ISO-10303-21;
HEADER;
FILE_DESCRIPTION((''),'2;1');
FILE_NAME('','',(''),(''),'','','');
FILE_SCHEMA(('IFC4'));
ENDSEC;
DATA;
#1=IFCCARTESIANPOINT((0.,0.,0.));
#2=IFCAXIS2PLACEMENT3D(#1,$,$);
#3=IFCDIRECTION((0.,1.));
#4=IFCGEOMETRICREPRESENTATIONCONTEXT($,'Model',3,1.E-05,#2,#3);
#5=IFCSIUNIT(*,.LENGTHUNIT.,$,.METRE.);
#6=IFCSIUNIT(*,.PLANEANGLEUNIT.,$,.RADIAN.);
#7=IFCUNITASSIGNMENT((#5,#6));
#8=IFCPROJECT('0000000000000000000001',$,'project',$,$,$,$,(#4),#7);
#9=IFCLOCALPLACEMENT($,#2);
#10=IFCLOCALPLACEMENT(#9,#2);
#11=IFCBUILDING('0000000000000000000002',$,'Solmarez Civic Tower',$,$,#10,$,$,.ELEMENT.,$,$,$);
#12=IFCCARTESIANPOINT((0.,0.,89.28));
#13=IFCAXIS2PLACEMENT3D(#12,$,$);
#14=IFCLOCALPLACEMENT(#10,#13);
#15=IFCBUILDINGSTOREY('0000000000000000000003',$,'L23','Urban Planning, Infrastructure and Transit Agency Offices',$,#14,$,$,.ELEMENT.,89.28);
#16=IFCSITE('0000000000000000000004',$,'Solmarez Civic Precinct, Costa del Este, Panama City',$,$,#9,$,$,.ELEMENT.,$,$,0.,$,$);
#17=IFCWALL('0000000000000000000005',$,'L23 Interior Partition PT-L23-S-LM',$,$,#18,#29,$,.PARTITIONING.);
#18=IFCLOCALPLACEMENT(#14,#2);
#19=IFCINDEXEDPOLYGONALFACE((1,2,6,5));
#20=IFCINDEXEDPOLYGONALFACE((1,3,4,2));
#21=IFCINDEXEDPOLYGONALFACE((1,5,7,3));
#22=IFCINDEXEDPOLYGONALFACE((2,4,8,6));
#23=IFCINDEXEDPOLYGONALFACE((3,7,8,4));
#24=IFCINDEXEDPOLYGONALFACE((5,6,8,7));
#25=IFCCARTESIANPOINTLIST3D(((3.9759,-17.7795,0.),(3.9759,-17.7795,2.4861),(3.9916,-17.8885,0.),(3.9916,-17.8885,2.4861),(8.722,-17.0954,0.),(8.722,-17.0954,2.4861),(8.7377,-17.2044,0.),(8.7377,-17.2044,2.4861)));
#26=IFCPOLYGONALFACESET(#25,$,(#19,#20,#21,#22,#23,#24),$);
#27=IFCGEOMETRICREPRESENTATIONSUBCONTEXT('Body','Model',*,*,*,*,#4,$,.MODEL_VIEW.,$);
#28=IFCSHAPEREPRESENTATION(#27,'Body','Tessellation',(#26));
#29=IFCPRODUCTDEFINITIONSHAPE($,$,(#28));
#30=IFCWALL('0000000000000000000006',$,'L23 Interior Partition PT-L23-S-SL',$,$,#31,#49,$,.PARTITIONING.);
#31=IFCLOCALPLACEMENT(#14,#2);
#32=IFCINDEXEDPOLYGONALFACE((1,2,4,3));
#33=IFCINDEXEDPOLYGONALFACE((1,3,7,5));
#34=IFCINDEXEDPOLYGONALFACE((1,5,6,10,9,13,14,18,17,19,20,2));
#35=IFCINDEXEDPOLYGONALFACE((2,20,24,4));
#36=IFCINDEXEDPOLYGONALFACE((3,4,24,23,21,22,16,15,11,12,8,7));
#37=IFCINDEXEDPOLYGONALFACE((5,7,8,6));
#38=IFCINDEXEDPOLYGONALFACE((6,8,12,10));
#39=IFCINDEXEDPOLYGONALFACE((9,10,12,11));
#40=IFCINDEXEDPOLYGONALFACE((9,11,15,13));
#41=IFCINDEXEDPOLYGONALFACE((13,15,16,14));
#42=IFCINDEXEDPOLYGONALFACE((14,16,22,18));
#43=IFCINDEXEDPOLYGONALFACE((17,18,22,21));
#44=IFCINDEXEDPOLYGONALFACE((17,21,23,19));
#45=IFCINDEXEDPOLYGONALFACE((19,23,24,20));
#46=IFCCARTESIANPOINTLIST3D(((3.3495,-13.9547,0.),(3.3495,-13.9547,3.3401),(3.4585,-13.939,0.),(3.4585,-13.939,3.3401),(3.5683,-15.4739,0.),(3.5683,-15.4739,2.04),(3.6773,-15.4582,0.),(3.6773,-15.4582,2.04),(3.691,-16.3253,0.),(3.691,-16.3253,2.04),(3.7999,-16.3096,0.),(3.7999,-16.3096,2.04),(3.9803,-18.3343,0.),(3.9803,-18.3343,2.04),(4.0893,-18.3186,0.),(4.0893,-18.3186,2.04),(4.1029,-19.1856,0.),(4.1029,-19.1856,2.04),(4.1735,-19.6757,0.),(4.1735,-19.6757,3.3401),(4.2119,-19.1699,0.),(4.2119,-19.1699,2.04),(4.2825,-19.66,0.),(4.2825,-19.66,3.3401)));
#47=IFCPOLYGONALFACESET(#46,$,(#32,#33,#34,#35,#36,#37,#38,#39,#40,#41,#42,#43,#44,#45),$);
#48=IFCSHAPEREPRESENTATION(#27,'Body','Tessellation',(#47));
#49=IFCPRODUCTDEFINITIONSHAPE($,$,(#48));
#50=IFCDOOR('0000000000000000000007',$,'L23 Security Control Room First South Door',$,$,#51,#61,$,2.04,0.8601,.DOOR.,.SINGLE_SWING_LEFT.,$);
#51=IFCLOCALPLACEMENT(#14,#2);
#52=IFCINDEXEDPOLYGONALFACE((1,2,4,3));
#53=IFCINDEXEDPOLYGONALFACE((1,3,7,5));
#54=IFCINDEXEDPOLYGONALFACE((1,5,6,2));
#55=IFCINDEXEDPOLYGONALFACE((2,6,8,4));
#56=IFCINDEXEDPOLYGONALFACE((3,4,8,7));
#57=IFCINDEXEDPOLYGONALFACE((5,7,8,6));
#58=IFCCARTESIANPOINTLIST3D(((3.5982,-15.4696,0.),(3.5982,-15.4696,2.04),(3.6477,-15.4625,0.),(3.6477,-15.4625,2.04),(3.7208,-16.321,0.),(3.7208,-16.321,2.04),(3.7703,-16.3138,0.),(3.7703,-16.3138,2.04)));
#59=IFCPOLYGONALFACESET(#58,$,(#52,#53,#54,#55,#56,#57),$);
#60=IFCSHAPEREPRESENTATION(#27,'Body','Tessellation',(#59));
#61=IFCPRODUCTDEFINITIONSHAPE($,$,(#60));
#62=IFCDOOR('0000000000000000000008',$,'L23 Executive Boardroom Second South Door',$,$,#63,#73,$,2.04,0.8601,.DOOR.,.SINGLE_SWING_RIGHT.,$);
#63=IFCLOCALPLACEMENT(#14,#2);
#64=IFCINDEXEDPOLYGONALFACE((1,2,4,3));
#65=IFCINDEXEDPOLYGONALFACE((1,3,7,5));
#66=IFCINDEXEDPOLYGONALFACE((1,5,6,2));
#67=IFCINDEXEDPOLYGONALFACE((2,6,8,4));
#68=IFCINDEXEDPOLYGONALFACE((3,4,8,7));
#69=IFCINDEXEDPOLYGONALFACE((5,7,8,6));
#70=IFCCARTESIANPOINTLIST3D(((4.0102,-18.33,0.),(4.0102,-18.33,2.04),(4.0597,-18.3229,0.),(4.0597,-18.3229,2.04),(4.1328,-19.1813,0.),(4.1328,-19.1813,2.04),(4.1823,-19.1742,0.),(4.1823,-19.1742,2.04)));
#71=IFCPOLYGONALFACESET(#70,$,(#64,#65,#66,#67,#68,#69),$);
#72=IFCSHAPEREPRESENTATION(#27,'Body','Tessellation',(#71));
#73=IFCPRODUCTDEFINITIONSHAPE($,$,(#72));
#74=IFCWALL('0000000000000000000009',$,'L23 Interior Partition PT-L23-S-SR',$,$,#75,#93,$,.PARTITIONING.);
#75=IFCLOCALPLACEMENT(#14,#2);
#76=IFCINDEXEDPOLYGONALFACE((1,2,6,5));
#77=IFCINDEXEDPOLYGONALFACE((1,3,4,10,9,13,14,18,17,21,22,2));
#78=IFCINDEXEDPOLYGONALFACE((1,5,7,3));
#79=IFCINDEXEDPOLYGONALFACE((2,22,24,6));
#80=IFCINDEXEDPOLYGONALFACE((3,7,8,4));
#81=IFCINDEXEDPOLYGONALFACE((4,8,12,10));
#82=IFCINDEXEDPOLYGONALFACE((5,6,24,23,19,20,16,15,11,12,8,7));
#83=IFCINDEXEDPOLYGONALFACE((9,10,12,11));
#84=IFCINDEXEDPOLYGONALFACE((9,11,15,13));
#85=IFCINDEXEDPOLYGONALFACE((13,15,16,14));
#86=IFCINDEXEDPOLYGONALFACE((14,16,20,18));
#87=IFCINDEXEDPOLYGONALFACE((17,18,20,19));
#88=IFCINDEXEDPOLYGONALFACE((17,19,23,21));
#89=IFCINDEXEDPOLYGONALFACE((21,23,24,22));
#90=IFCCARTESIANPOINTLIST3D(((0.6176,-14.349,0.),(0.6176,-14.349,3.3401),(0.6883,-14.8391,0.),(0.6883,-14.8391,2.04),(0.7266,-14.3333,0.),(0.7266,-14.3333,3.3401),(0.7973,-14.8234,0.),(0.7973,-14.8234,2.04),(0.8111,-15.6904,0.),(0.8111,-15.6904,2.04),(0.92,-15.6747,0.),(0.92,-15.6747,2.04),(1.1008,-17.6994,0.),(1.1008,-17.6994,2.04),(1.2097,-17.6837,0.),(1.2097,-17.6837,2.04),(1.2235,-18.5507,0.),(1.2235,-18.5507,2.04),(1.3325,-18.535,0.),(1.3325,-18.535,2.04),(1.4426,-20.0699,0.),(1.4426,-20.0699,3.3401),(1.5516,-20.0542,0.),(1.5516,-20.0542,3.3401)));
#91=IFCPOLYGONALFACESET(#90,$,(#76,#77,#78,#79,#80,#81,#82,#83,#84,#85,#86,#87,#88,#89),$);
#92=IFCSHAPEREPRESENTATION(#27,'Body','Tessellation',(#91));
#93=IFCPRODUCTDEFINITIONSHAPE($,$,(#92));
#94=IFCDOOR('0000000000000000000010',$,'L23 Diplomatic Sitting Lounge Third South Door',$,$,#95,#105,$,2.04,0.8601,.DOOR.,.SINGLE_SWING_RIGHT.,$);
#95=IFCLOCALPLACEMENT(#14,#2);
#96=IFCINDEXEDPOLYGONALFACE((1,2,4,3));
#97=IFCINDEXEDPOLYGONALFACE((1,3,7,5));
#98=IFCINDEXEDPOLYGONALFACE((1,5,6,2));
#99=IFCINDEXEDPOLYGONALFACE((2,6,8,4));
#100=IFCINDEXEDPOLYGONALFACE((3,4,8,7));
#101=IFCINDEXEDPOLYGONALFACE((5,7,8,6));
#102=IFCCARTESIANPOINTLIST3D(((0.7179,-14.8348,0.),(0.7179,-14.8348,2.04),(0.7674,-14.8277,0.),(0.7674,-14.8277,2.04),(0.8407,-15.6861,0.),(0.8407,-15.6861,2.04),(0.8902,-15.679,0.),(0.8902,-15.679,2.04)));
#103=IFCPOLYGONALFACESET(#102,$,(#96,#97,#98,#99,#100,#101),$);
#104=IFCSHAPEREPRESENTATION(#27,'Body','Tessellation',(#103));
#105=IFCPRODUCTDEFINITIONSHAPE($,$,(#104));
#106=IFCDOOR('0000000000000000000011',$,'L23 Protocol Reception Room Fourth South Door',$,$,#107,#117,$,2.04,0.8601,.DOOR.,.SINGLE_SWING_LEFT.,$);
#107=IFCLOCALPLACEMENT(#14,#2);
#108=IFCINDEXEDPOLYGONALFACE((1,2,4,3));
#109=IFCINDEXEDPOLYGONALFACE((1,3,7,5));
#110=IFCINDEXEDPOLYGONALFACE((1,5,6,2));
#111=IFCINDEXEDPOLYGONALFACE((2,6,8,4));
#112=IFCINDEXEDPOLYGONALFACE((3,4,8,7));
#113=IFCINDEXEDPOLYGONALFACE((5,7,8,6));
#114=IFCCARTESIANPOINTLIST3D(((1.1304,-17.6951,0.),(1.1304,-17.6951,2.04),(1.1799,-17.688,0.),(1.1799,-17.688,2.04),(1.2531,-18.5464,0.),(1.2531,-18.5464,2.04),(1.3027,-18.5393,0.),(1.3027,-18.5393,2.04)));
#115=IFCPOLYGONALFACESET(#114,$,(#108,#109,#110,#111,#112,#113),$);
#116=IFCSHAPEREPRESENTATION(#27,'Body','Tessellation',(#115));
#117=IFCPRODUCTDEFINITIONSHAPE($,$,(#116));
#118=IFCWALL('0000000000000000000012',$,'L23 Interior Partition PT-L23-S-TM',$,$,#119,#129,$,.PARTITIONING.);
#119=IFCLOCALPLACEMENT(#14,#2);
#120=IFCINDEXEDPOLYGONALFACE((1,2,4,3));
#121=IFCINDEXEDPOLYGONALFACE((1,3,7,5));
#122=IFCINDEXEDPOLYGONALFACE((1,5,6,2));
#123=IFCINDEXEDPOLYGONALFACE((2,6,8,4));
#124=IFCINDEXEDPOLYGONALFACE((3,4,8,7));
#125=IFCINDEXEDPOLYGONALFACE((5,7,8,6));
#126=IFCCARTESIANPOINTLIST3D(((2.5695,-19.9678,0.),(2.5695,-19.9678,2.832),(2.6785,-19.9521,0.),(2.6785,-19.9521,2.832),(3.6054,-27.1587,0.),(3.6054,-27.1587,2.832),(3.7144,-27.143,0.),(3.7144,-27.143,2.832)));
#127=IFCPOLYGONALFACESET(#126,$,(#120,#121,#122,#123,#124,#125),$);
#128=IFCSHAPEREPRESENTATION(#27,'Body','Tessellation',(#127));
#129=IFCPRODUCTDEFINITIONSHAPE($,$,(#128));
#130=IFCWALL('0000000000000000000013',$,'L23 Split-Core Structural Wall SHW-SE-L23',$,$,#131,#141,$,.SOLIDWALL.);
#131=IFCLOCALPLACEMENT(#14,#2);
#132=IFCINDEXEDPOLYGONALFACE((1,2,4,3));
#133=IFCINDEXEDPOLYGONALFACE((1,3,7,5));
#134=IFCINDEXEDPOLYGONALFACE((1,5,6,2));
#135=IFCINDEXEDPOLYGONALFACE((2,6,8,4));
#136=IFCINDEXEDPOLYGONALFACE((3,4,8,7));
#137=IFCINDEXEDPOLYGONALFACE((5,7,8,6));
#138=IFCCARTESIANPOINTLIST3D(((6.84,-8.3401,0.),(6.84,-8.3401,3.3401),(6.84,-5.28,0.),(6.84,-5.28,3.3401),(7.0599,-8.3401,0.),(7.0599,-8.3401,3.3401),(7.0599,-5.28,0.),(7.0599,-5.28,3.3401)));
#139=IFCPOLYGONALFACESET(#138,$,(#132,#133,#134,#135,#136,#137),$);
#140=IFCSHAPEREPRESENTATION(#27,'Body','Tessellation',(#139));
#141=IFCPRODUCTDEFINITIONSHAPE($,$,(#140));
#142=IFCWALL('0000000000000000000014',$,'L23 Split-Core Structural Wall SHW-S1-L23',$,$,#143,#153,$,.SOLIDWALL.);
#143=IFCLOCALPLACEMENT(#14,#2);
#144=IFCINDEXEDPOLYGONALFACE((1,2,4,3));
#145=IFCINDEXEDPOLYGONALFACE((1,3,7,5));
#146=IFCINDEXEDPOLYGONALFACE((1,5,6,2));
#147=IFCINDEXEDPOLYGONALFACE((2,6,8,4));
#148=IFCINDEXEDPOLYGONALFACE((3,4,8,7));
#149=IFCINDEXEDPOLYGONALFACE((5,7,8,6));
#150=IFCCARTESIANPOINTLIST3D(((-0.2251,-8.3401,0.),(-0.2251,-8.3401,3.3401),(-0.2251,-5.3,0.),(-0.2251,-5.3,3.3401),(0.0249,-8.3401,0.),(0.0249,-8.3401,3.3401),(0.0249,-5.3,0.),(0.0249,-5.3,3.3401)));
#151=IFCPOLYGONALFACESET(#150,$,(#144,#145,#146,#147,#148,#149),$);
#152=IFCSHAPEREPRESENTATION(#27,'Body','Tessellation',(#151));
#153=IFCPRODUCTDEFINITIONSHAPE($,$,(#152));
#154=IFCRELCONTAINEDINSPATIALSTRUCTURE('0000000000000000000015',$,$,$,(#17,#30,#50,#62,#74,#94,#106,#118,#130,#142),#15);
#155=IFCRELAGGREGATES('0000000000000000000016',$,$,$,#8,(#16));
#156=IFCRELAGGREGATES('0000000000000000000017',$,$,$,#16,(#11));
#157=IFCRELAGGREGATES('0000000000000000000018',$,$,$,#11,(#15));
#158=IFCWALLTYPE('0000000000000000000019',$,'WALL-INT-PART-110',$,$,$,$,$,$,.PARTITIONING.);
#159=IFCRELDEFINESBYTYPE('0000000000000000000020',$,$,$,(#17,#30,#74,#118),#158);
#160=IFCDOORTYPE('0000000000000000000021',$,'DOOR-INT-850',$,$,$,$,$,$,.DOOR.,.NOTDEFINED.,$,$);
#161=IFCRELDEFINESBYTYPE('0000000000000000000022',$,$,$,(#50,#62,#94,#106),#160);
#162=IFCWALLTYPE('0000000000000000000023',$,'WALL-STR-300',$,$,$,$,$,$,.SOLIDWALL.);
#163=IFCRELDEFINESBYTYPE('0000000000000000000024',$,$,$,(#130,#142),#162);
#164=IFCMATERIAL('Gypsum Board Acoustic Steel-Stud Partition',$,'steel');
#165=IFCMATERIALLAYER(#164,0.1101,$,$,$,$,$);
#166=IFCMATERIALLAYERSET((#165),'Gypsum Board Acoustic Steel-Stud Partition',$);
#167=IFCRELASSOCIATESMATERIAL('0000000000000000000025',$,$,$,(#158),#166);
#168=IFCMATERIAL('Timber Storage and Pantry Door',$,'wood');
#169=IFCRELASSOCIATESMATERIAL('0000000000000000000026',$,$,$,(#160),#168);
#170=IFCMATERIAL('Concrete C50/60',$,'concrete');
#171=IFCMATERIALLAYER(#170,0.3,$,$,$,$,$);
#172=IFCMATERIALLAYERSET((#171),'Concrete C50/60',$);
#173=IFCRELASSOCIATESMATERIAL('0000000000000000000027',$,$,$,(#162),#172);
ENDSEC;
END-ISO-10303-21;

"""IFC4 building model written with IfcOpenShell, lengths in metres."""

from ifc_helpers import new_model, si_unit, direction, frame, frame_2d, origin, place, context, subcontext, project, spatial, rectangle, extrude, material, layer, layer_set, type_object, element, fill, save


model = new_model("IFC4")

# Units and contexts
model_context = context("Model", 3, precision=1e-05, world=origin(), true_north=direction((0.0, 1.0)))
body_context = subcontext(model_context, "Body", "Model", "MODEL_VIEW")
ifc_project = project(units=[si_unit("LENGTHUNIT", "METRE"), si_unit("PLANEANGLEUNIT", "RADIAN")], contexts=[model_context])

# Site, building, storey
site_placement = place(None, origin())
site = spatial("IfcSite", under=ifc_project, at=site_placement, Name="Solmarez Civic Precinct, Costa del Este, Panama City", CompositionType="ELEMENT", RefElevation=0.0)
building_placement = place(site_placement, origin())
building = spatial("IfcBuilding", under=site, at=building_placement, Name="Solmarez Civic Tower", CompositionType="ELEMENT")
storey_placement = place(building_placement, frame((0.0, 0.0, 89.28)))
storey = spatial("IfcBuildingStorey", under=building, at=storey_placement, Name="L23", Description="Urban Planning, Infrastructure and Transit Agency Offices", CompositionType="ELEMENT", Elevation=89.28)

# Shared definitions
ifc_material_1 = material(Name="Concrete C50/60", Category="concrete")

# Wall
ifc_material_2 = material(Name="Gypsum Board Acoustic Steel-Stud Partition", Category="steel")
ifc_layer_1 = layer(ifc_material_2, 0.1101)
ifc_layer_set_1 = layer_set([ifc_layer_1], Name="Gypsum Board Acoustic Steel-Stud Partition")
wall_type_1 = type_object("IfcWallType", Name="WALL-INT-PART-110", PredefinedType="PARTITIONING", material=ifc_layer_set_1)
wall_1_placement = place(storey_placement, frame((3.9839, -17.834, 0.0), z_axis=(0.0, 0.0, 1.0), x_axis=(0.989772, 0.142662, 0.0)))
element("IfcWall", 1, at=wall_1_placement, inside=storey, type_object=wall_type_1, Name="L23 Interior Partition PT-L23-S-LM", PredefinedType="PARTITIONING", context=body_context, shape_type="SweptSolid", body=[
    extrude(rectangle(XDim=4.7952, YDim=0.1101, at=frame_2d((2.3975, 0.0))), origin(), (0.0, 0.0, 1.0), 2.4861),
])

# Walls, openings, doors
wall_2_placement = place(storey_placement, frame((4.228, -19.668, 0.0), z_axis=(0.0, 0.0, 1.0), x_axis=(-0.142557, 0.989787, 0.0)))
wall_2 = element("IfcWall", 2, at=wall_2_placement, inside=storey, type_object=wall_type_1, Name="L23 Interior Partition PT-L23-S-SL", PredefinedType="PARTITIONING", context=body_context, shape_type="SweptSolid", body=[
    extrude(rectangle(XDim=5.78, YDim=0.1101, at=frame_2d((2.8901, 0.0))), origin(), (0.0, 0.0, 1.0), 3.3401),
])
opening_1_placement = place(wall_2_placement, frame((3.385, 0.0, 0.0)))
opening_1 = element("IfcOpeningElement", 3, at=opening_1_placement, cuts=wall_2, PredefinedType="OPENING", context=body_context, shape_type="SweptSolid", body=[
    extrude(rectangle(XDim=0.8601, YDim=2.04, at=frame_2d((0.4302, 1.02))), frame((0.0, 0.0649, 0.0), z_axis=(0.0, -1.0, 0.0), x_axis=(1.0, 0.0, 0.0)), (0.0, 0.0, 1.0), 0.1301),
])
opening_2_placement = place(wall_2_placement, frame((0.4951, 0.0, 0.0)))
opening_2 = element("IfcOpeningElement", 4, at=opening_2_placement, cuts=wall_2, PredefinedType="OPENING", context=body_context, shape_type="SweptSolid", body=[
    extrude(rectangle(XDim=0.8601, YDim=2.04, at=frame_2d((0.4302, 1.02))), frame((0.0, 0.0649, 0.0), z_axis=(0.0, -1.0, 0.0), x_axis=(1.0, 0.0, 0.0)), (0.0, 0.0, 1.0), 0.1301),
])
ifc_material_3 = material(Name="Timber Storage and Pantry Door", Category="wood")
door_type = type_object("IfcDoorType", Name="DOOR-INT-850", OperationType="NOTDEFINED", PredefinedType="DOOR", material=ifc_material_3)
door_1_placement = place(opening_1_placement, origin())
door_1 = element("IfcDoor", 5, at=door_1_placement, inside=storey, type_object=door_type, Name="L23 Security Control Room First South Door", OperationType="SINGLE_SWING_LEFT", OverallHeight=2.04, OverallWidth=0.8601, PredefinedType="DOOR", context=body_context, shape_type="SweptSolid", body=[
    extrude(rectangle(XDim=0.8601, YDim=2.04, at=frame_2d((0.4302, 1.02))), frame((0.0, 0.0249, 0.0), z_axis=(0.0, -1.0, 0.0), x_axis=(1.0, 0.0, 0.0)), (0.0, 0.0, 1.0), 0.05),
])
fill(opening_1, door_1)
door_2_placement = place(opening_2_placement, origin())
door_2 = element("IfcDoor", 6, at=door_2_placement, inside=storey, type_object=door_type, Name="L23 Executive Boardroom Second South Door", OperationType="SINGLE_SWING_RIGHT", OverallHeight=2.04, OverallWidth=0.8601, PredefinedType="DOOR", context=body_context, shape_type="SweptSolid", body=[
    extrude(rectangle(XDim=0.8601, YDim=2.04, at=frame_2d((0.4302, 1.02))), frame((0.0, 0.0249, 0.0), z_axis=(0.0, -1.0, 0.0), x_axis=(1.0, 0.0, 0.0)), (0.0, 0.0, 1.0), 0.05),
])
fill(opening_2, door_2)
wall_3_placement = place(storey_placement, frame((0.6721, -14.3411, 0.0), z_axis=(0.0, 0.0, 1.0), x_axis=(0.142722, -0.989763, 0.0)))
wall_3 = element("IfcWall", 7, at=wall_3_placement, inside=storey, type_object=wall_type_1, Name="L23 Interior Partition PT-L23-S-SR", PredefinedType="PARTITIONING", context=body_context, shape_type="SweptSolid", body=[
    extrude(rectangle(XDim=5.78, YDim=0.1101, at=frame_2d((2.8901, 0.0))), origin(), (0.0, 0.0, 1.0), 3.3401),
])
opening_3_placement = place(wall_3_placement, frame((0.4951, 0.0, 0.0)))
opening_3 = element("IfcOpeningElement", 8, at=opening_3_placement, cuts=wall_3, PredefinedType="OPENING", context=body_context, shape_type="SweptSolid", body=[
    extrude(rectangle(XDim=0.8601, YDim=2.04, at=frame_2d((0.4302, 1.02))), frame((0.0, 0.0649, 0.0), z_axis=(0.0, -1.0, 0.0), x_axis=(1.0, 0.0, 0.0)), (0.0, 0.0, 1.0), 0.1301),
])
opening_4_placement = place(wall_3_placement, frame((3.385, 0.0, 0.0)))
opening_4 = element("IfcOpeningElement", 9, at=opening_4_placement, cuts=wall_3, PredefinedType="OPENING", context=body_context, shape_type="SweptSolid", body=[
    extrude(rectangle(XDim=0.8601, YDim=2.04, at=frame_2d((0.4302, 1.02))), frame((0.0, 0.0649, 0.0), z_axis=(0.0, -1.0, 0.0), x_axis=(1.0, 0.0, 0.0)), (0.0, 0.0, 1.0), 0.1301),
])
door_3_placement = place(opening_3_placement, origin())
door_3 = element("IfcDoor", 10, at=door_3_placement, inside=storey, type_object=door_type, Name="L23 Diplomatic Sitting Lounge Third South Door", OperationType="SINGLE_SWING_RIGHT", OverallHeight=2.04, OverallWidth=0.8601, PredefinedType="DOOR", context=body_context, shape_type="SweptSolid", body=[
    extrude(rectangle(XDim=0.8601, YDim=2.04, at=frame_2d((0.4302, 1.02))), frame((0.0, 0.0249, 0.0), z_axis=(0.0, -1.0, 0.0), x_axis=(1.0, 0.0, 0.0)), (0.0, 0.0, 1.0), 0.05),
])
fill(opening_3, door_3)
door_4_placement = place(opening_4_placement, origin())
door_4 = element("IfcDoor", 11, at=door_4_placement, inside=storey, type_object=door_type, Name="L23 Protocol Reception Room Fourth South Door", OperationType="SINGLE_SWING_LEFT", OverallHeight=2.04, OverallWidth=0.8601, PredefinedType="DOOR", context=body_context, shape_type="SweptSolid", body=[
    extrude(rectangle(XDim=0.8601, YDim=2.04, at=frame_2d((0.4302, 1.02))), frame((0.0, 0.0249, 0.0), z_axis=(0.0, -1.0, 0.0), x_axis=(1.0, 0.0, 0.0)), (0.0, 0.0, 1.0), 0.05),
])
fill(opening_4, door_4)

# Walls
wall_4_placement = place(storey_placement, frame((2.624, -19.96, 0.0), z_axis=(0.0, 0.0, 1.0), x_axis=(0.142583, -0.989783, 0.0)))
element("IfcWall", 12, at=wall_4_placement, inside=storey, type_object=wall_type_1, Name="L23 Interior Partition PT-L23-S-TM", PredefinedType="PARTITIONING", context=body_context, shape_type="SweptSolid", body=[
    extrude(rectangle(XDim=7.2651, YDim=0.1101, at=frame_2d((3.6326, 0.0))), origin(), (0.0, 0.0, 1.0), 2.832),
])
ifc_layer_2 = layer(ifc_material_1, 0.3)
ifc_layer_set_2 = layer_set([ifc_layer_2], Name="Concrete C50/60")
wall_type_2 = type_object("IfcWallType", Name="WALL-STR-300", PredefinedType="SOLIDWALL", material=ifc_layer_set_2)
wall_5_placement = place(storey_placement, frame((6.95, -8.3401, 0.0), z_axis=(0.0, 0.0, 1.0), x_axis=(0.0, 1.0, 0.0)))
element("IfcWall", 13, at=wall_5_placement, inside=storey, type_object=wall_type_2, Name="L23 Split-Core Structural Wall SHW-SE-L23", PredefinedType="SOLIDWALL", context=body_context, shape_type="SweptSolid", body=[
    extrude(rectangle(XDim=3.0601, YDim=0.22, at=frame_2d((1.53, 0.0))), origin(), (0.0, 0.0, 1.0), 3.3401),
])
wall_6_placement = place(storey_placement, frame((-0.1001, -8.3401, 0.0), z_axis=(0.0, 0.0, 1.0), x_axis=(0.0, 1.0, 0.0)))
element("IfcWall", 14, at=wall_6_placement, inside=storey, type_object=wall_type_2, Name="L23 Split-Core Structural Wall SHW-S1-L23", PredefinedType="SOLIDWALL", context=body_context, shape_type="SweptSolid", body=[
    extrude(rectangle(XDim=3.04, YDim=0.25, at=frame_2d((1.52, 0.0))), origin(), (0.0, 0.0, 1.0), 3.3401),
])

save(model, "model.ifc")
